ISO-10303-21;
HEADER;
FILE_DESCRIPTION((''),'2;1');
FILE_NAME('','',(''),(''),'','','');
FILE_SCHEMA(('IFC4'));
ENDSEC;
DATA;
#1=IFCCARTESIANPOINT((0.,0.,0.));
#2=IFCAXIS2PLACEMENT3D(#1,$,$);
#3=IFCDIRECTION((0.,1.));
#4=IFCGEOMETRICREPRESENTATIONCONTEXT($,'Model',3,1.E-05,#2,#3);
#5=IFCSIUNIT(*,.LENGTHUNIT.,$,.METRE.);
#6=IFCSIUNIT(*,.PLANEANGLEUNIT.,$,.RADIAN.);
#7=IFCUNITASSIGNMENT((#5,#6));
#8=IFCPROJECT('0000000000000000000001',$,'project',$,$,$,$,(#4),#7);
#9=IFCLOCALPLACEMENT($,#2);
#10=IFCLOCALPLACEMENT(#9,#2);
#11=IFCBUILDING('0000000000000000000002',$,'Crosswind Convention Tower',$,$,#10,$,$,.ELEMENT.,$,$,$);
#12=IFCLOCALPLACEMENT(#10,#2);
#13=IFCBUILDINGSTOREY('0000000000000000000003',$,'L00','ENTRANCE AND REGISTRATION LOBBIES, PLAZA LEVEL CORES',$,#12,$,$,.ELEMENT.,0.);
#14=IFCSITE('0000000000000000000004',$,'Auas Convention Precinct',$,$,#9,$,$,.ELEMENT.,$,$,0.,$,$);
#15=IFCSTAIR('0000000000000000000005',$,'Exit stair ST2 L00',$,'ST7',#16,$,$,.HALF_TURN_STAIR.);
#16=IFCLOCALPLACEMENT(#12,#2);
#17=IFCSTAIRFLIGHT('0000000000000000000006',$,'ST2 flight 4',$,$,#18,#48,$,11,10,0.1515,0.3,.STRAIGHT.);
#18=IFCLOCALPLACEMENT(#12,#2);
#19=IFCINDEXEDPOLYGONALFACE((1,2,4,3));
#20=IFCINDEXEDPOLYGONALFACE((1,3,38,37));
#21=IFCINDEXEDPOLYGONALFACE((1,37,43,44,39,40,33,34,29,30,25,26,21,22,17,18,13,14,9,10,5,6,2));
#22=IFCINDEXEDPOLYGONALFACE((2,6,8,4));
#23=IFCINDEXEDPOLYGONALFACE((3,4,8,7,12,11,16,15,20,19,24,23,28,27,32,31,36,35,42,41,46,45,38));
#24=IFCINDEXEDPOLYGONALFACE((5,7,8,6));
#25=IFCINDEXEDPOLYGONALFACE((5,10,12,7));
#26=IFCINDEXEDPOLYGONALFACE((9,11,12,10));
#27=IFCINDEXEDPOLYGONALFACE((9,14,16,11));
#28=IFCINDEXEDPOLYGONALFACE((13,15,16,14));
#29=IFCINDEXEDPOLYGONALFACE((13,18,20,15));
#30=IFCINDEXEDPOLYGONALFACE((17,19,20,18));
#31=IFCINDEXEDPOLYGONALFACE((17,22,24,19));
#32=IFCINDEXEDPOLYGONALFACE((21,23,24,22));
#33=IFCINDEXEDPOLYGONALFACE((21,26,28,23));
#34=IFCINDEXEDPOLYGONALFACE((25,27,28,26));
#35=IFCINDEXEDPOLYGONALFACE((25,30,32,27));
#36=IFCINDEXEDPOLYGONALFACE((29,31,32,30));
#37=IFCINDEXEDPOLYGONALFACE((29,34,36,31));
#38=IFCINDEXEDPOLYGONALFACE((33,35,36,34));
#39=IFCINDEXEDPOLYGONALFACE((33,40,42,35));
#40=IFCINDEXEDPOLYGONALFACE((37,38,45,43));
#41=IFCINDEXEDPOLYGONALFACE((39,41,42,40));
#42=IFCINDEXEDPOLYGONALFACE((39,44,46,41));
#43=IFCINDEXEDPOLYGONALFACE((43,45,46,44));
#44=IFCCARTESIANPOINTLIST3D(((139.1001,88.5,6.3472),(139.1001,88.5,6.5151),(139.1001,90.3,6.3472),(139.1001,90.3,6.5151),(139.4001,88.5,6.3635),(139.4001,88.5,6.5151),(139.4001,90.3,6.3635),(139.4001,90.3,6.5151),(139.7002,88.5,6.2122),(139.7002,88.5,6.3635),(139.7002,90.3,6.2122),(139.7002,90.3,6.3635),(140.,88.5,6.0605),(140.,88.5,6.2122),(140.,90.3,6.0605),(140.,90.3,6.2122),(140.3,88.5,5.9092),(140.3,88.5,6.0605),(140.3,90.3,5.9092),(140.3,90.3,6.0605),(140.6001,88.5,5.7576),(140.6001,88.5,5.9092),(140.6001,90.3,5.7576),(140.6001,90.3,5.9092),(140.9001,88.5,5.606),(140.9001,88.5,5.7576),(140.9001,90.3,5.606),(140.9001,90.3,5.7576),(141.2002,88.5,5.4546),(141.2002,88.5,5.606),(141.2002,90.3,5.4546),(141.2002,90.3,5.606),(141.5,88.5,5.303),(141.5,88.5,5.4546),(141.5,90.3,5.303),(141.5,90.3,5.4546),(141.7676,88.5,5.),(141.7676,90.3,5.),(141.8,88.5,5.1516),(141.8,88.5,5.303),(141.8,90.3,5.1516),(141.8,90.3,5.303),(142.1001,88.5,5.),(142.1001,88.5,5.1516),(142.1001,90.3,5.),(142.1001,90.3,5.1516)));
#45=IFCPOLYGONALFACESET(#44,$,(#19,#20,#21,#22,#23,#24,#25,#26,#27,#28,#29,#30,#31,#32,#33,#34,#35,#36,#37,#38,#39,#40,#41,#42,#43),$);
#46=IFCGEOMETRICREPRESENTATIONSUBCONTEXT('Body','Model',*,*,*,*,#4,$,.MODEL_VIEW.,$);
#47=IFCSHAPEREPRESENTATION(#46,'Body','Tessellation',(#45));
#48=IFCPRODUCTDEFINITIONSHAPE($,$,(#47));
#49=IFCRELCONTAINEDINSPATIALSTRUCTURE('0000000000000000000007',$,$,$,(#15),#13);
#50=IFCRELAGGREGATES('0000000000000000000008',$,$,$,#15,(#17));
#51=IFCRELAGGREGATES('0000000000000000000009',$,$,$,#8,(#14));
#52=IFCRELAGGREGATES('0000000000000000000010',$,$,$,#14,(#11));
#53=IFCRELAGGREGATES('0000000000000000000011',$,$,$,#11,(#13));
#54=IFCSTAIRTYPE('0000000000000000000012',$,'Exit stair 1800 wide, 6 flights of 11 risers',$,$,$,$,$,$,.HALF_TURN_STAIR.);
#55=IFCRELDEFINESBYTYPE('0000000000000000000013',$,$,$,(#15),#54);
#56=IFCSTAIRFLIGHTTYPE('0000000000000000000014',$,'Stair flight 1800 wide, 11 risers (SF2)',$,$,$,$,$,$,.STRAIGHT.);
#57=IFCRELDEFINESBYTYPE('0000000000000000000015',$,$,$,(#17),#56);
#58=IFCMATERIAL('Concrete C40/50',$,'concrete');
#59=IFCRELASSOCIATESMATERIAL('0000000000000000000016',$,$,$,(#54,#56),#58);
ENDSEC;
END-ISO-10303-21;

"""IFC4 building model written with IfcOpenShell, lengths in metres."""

from ifc_helpers import new_model, si_unit, direction, frame, origin, place, context, subcontext, project, spatial, polyline, outline, extrude, material, type_object, element, aggregate, save


model = new_model("IFC4")

# Units and contexts
model_context = context("Model", 3, precision=1e-05, world=origin(), true_north=direction((0.0, 1.0)))
body_context = subcontext(model_context, "Body", "Model", "MODEL_VIEW")
ifc_project = project(units=[si_unit("LENGTHUNIT", "METRE"), si_unit("PLANEANGLEUNIT", "RADIAN")], contexts=[model_context])

# Site, building, storey
site_placement = place(None, origin())
site = spatial("IfcSite", under=ifc_project, at=site_placement, Name="Auas Convention Precinct", CompositionType="ELEMENT", RefElevation=0.0)
building_placement = place(site_placement, origin())
building = spatial("IfcBuilding", under=site, at=building_placement, Name="Crosswind Convention Tower", CompositionType="ELEMENT")
storey_placement = place(building_placement, origin())
storey = spatial("IfcBuildingStorey", under=building, at=storey_placement, Name="L00", Description="ENTRANCE AND REGISTRATION LOBBIES, PLAZA LEVEL CORES", CompositionType="ELEMENT", Elevation=0.0)

# Shared definitions
ifc_material_1 = material(Name="Concrete C40/50", Category="concrete")

# Stair, stair flight
stair_type = type_object("IfcStairType", Name="Exit stair 1800 wide, 6 flights of 11 risers", PredefinedType="HALF_TURN_STAIR", material=ifc_material_1)
stair_placement = place(storey_placement, origin())
stair = element("IfcStair", 1, at=stair_placement, inside=storey, type_object=stair_type, Name="Exit stair ST2 L00", ObjectType="ST7", PredefinedType="HALF_TURN_STAIR")
stair_flight_type = type_object("IfcStairFlightType", Name="Stair flight 1800 wide, 11 risers (SF2)", PredefinedType="STRAIGHT", material=ifc_material_1)
stair_flight_1_placement = place(storey_placement, frame((142.1001, 89.3999, 5.0), z_axis=(0.0, 0.0, 1.0), x_axis=(-1.0, 0.0, 0.0)))
stair_flight_1 = element("IfcStairFlight", 2, at=stair_flight_1_placement, type_object=stair_flight_type, Name="ST2 flight 4", NumberOfRisers=11, NumberOfTreads=10, PredefinedType="STRAIGHT", RiserHeight=0.1515, TreadLength=0.3, context=body_context, shape_type="SweptSolid", body=[
    extrude(outline(polyline([(0.0, 0.0), (0.0, 0.1516), (0.3, 0.1516), (0.3, 0.303), (0.6001, 0.303), (0.6001, 0.4546), (0.8999, 0.4546), (0.8999, 0.606), (1.2, 0.606), (1.2, 0.7576), (1.5, 0.7576), (1.5, 0.9092), (1.8, 0.9092), (1.8, 1.0605), (2.1001, 1.0605), (2.1001, 1.2122), (2.3999, 1.2122), (2.3999, 1.3635), (2.7, 1.3635), (2.7, 1.5151), (3.0, 1.5151), (3.0, 1.6667), (3.0, 1.3472), (0.3325, 0.0), (0.0, 0.0)])), frame((0.0, 0.8999, 0.0), z_axis=(0.0, -1.0, 0.0), x_axis=(1.0, 0.0, 0.0)), (0.0, 0.0, 1.0), 1.8),
])
aggregate(stair, [stair_flight_1])

save(model, "model.ifc")
